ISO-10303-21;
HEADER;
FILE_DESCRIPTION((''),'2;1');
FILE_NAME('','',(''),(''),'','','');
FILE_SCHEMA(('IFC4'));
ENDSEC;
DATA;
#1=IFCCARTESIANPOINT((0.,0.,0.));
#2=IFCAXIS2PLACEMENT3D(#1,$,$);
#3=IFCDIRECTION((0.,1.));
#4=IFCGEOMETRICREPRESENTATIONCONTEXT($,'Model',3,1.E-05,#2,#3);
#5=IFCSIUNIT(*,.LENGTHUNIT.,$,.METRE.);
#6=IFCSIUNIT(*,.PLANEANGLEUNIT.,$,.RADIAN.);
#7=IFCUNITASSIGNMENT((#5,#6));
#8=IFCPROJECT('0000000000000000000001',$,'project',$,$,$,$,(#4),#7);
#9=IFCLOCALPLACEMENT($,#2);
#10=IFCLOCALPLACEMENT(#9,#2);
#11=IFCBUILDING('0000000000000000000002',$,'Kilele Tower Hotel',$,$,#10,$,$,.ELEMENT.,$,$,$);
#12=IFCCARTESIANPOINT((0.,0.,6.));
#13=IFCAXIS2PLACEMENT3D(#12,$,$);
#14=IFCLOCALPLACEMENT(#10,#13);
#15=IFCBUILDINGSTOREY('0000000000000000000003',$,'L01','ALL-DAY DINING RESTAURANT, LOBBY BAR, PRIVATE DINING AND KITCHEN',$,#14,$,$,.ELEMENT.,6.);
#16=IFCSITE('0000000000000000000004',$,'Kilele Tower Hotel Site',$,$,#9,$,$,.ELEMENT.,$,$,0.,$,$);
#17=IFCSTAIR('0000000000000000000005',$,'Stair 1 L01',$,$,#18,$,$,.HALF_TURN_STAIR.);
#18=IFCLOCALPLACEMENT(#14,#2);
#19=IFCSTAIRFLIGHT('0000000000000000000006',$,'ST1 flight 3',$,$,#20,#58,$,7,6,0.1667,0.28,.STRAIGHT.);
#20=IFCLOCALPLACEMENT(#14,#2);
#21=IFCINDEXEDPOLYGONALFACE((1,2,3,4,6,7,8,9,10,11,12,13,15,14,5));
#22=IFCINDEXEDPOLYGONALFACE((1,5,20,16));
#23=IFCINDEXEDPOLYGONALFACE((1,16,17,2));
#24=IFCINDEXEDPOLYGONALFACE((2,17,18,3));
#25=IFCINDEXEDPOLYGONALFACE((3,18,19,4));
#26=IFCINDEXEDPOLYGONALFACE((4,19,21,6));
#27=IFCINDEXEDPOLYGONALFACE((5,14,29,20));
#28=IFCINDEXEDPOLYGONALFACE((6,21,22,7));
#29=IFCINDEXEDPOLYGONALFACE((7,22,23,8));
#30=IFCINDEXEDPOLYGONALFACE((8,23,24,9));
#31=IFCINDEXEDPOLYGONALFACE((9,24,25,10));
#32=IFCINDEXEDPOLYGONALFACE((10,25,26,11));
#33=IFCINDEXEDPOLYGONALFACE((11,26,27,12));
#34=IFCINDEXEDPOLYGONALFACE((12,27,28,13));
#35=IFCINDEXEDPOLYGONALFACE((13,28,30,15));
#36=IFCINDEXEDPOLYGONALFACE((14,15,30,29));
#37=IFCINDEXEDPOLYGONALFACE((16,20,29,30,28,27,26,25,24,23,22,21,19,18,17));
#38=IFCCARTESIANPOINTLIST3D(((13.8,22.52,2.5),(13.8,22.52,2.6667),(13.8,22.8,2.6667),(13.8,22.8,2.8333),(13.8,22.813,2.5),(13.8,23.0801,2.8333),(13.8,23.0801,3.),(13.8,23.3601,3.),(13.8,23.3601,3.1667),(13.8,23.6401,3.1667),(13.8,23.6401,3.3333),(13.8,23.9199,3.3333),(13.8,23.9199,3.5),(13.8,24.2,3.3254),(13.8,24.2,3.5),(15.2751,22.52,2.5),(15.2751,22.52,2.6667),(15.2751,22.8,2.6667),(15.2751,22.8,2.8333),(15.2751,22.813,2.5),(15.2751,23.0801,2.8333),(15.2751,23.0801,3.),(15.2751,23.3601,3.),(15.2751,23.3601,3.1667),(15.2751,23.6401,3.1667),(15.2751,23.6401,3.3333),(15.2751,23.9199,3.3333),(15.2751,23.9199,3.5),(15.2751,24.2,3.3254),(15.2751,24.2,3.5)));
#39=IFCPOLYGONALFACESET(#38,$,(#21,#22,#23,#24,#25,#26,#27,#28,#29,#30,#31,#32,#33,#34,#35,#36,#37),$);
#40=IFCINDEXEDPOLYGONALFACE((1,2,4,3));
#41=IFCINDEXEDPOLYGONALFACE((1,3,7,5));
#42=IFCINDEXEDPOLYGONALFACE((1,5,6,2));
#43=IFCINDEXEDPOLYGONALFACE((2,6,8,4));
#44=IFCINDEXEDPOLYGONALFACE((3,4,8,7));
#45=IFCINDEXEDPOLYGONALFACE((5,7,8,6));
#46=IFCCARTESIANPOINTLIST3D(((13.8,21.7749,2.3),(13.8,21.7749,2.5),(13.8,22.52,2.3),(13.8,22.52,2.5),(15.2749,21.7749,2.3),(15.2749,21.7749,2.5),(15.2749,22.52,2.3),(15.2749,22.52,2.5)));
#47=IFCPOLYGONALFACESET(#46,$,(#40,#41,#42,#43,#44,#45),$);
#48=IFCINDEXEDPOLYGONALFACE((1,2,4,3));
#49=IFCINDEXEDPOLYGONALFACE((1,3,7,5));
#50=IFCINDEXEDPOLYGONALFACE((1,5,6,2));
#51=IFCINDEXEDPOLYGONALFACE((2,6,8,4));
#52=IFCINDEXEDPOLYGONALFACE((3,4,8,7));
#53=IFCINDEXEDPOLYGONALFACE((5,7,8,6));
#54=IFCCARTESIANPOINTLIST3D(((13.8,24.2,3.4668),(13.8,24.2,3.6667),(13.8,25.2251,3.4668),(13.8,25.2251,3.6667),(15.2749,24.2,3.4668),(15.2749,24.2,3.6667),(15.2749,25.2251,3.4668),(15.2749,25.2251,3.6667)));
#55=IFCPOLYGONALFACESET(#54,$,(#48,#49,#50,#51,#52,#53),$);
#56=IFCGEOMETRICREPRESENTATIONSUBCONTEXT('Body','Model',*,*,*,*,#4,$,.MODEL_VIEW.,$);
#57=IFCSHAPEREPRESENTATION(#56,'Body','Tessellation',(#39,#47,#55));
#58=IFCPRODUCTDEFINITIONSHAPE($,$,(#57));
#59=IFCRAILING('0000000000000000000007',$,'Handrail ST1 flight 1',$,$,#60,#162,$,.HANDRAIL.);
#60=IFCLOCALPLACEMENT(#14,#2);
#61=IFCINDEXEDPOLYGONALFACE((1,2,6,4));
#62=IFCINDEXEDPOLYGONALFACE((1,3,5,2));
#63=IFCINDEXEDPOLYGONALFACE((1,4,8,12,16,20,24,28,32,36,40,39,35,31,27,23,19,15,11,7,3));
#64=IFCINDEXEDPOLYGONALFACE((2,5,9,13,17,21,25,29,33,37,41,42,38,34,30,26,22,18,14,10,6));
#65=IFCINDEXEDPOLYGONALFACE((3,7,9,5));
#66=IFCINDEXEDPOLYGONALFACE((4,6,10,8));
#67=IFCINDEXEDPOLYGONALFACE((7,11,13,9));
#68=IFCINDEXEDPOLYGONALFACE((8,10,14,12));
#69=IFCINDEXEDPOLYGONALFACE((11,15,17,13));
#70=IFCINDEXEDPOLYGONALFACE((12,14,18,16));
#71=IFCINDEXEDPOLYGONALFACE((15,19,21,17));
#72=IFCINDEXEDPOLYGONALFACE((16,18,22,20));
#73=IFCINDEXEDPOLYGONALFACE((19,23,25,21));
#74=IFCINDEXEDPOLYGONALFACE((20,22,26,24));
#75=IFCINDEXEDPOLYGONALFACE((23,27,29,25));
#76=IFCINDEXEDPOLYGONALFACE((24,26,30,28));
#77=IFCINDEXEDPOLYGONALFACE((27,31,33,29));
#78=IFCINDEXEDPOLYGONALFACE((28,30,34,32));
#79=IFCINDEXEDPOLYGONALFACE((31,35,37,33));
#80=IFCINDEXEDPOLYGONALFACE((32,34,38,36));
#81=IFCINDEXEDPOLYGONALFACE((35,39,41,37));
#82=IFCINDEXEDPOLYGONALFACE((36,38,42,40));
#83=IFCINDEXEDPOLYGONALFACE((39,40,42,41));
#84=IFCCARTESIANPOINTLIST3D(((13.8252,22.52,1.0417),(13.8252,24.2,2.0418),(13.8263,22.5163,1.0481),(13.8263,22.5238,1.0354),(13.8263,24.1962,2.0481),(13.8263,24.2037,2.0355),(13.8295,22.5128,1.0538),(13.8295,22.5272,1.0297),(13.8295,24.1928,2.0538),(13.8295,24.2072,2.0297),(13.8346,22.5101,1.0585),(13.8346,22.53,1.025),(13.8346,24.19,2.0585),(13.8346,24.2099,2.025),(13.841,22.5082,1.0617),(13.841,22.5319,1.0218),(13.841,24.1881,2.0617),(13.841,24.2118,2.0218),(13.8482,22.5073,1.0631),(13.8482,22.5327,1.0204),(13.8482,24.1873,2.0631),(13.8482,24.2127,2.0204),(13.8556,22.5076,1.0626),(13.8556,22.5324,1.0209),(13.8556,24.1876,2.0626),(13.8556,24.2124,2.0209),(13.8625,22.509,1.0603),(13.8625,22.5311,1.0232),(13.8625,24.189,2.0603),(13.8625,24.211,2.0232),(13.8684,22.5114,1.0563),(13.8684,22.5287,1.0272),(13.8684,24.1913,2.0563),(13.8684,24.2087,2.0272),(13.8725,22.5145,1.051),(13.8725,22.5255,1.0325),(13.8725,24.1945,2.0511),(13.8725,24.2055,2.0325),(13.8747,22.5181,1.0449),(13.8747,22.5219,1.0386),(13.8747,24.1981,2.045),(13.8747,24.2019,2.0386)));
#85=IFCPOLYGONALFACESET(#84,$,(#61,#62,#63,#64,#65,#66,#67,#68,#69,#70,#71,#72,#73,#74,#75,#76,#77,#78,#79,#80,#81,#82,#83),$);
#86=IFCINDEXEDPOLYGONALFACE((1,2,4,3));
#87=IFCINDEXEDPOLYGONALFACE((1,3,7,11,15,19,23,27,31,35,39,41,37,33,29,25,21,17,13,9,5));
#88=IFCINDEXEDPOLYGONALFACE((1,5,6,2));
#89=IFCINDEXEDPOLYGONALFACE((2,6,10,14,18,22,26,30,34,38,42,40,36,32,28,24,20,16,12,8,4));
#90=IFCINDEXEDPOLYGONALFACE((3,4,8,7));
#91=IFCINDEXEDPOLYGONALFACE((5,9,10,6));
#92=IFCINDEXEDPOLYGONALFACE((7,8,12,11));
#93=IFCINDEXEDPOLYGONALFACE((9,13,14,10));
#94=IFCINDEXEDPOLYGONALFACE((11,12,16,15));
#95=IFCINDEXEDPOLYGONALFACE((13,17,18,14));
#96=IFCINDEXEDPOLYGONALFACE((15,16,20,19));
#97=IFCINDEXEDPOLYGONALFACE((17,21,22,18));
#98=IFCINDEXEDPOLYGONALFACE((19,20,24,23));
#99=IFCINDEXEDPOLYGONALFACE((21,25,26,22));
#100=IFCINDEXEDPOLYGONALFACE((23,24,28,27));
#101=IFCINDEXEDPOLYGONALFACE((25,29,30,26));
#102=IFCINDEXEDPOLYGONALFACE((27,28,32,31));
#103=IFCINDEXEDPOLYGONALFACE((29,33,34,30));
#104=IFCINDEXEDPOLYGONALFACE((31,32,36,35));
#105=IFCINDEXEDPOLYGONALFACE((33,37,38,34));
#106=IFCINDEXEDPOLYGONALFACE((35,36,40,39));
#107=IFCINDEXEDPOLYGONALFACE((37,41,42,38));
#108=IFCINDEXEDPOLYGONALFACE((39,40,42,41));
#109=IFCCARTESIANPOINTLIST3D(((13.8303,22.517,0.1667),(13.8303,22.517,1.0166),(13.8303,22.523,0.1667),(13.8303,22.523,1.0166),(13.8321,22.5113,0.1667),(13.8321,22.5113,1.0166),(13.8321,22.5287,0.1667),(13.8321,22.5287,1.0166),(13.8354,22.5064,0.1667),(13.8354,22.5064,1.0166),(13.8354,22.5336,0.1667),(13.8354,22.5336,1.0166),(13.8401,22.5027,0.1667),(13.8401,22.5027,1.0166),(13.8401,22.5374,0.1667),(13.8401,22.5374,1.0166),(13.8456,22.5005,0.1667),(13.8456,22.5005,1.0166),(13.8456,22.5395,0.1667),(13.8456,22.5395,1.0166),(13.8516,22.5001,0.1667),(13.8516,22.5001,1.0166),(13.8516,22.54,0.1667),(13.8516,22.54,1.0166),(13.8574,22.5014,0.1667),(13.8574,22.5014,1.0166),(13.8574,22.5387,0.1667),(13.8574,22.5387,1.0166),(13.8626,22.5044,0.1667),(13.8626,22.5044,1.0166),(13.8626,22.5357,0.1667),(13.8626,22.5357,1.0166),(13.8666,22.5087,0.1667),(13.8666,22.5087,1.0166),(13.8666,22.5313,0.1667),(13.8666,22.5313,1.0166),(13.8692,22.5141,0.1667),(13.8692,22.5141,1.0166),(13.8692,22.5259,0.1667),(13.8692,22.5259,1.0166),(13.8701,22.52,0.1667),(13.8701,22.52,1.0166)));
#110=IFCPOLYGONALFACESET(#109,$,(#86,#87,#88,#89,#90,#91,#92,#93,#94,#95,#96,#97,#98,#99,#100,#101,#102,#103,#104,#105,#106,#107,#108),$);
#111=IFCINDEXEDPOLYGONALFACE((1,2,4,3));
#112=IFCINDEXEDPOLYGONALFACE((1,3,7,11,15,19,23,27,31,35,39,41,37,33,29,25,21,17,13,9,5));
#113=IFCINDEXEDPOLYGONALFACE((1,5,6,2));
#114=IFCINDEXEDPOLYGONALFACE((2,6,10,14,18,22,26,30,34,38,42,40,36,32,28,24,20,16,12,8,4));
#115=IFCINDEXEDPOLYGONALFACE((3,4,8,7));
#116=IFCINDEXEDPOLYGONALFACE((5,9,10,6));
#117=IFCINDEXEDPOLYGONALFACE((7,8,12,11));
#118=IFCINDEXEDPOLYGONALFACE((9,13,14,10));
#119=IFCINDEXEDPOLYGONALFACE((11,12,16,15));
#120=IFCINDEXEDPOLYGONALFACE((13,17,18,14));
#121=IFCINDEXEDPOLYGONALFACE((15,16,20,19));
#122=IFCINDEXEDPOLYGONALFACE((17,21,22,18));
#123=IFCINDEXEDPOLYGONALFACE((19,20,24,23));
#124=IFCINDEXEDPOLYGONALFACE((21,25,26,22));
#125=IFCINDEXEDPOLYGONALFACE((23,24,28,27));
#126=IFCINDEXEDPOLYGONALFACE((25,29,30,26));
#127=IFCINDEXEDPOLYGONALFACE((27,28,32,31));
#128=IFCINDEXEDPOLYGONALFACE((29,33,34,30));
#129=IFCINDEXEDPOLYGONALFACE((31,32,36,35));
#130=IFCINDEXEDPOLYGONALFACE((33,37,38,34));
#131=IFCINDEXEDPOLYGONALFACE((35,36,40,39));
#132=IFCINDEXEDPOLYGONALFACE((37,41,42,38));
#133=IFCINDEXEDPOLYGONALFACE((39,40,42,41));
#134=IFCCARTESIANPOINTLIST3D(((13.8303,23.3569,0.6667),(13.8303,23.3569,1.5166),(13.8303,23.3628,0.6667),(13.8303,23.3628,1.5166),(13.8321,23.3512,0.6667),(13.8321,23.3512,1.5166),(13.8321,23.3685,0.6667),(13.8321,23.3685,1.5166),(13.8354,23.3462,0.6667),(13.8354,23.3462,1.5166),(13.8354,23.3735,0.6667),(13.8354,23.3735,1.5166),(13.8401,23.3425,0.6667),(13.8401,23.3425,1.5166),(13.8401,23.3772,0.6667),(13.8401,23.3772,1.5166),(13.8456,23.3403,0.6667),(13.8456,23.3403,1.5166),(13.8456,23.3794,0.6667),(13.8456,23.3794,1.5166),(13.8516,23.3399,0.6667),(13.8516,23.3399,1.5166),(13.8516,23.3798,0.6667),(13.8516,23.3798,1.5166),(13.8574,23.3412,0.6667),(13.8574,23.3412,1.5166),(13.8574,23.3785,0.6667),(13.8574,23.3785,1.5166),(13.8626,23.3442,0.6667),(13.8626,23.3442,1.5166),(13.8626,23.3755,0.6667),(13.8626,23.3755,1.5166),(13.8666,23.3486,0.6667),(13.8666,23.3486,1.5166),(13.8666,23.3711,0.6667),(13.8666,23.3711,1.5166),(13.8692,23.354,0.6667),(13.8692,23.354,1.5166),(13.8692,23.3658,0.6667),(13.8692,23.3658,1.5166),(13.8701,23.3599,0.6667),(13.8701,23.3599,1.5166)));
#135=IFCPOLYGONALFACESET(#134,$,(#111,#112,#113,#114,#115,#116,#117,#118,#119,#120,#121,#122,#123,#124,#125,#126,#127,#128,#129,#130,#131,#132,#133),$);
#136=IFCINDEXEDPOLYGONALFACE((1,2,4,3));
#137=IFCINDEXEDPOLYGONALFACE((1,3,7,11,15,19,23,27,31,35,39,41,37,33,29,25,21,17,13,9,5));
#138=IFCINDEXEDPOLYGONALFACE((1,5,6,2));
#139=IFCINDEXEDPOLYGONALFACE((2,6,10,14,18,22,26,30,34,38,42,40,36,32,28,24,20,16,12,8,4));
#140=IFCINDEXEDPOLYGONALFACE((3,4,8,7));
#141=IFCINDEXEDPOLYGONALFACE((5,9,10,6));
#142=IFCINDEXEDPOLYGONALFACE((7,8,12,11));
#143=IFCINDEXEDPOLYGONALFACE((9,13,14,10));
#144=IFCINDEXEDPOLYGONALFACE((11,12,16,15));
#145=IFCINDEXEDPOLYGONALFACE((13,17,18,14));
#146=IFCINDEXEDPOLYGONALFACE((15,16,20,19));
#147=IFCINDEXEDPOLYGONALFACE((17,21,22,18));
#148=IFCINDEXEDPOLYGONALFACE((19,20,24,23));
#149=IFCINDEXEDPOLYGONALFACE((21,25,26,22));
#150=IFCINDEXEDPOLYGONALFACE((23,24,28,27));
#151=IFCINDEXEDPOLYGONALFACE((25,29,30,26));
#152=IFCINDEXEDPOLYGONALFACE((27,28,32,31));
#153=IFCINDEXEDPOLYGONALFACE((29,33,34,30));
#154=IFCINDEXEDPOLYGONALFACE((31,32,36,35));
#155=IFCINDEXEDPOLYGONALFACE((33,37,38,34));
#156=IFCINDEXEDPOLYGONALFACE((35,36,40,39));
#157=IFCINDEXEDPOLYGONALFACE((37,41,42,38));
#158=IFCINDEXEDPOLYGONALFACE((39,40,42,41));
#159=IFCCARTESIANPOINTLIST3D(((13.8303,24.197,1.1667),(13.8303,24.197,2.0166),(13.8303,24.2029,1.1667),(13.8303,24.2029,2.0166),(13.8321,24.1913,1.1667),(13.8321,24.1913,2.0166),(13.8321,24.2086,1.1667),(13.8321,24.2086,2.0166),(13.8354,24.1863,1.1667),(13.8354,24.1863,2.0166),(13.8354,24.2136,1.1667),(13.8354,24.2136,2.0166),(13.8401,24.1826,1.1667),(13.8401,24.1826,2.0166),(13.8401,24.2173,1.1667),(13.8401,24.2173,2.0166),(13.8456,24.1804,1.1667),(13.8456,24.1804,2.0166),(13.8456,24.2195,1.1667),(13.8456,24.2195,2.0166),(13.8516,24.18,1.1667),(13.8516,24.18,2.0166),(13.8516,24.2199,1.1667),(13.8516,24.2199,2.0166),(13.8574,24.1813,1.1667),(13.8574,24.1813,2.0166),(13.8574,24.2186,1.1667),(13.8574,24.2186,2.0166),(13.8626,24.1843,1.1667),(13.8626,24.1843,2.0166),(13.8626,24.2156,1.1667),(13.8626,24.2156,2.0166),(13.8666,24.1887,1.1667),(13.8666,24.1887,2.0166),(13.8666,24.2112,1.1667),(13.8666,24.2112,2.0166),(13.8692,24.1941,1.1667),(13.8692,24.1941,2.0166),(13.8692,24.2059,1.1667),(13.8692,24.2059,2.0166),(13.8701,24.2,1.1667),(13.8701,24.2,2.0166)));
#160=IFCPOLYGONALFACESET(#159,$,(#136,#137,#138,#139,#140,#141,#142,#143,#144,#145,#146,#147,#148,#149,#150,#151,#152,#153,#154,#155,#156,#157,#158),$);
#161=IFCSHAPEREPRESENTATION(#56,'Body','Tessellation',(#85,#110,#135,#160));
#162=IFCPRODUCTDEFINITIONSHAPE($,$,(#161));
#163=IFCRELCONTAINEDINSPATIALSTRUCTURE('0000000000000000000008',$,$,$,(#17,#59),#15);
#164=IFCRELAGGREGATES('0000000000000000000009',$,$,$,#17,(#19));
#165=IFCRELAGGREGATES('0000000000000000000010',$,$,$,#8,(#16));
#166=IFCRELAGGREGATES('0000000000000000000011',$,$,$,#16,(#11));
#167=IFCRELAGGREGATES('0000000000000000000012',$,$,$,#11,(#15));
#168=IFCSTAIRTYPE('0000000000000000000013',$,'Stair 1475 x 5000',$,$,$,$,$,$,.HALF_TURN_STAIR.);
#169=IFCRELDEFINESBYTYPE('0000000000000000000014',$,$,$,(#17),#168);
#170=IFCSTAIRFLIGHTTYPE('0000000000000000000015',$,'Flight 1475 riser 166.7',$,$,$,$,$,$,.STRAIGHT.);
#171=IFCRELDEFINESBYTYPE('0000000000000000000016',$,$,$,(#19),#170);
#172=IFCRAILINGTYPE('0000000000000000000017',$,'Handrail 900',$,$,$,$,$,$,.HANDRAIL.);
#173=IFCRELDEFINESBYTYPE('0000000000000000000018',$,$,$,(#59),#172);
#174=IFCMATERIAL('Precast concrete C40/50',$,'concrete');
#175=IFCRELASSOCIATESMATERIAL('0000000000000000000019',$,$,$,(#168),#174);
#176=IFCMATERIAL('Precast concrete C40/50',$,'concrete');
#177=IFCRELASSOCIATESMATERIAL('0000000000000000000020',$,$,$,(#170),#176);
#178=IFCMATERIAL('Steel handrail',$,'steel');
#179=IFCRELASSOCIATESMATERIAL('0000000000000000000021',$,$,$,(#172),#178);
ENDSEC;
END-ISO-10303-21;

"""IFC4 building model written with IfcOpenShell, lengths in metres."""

from ifc_helpers import new_model, si_unit, direction, frame, origin, origin_2d, place, context, subcontext, project, spatial, polyline, circle, outline, extrude, material, type_object, element, aggregate, save


model = new_model("IFC4")

# Units and contexts
model_context = context("Model", 3, precision=1e-05, world=origin(), true_north=direction((0.0, 1.0)))
body_context = subcontext(model_context, "Body", "Model", "MODEL_VIEW")
ifc_project = project(units=[si_unit("LENGTHUNIT", "METRE"), si_unit("PLANEANGLEUNIT", "RADIAN")], contexts=[model_context])

# Site, building, storey
site_placement = place(None, origin())
site = spatial("IfcSite", under=ifc_project, at=site_placement, Name="Kilele Tower Hotel Site", CompositionType="ELEMENT", RefElevation=0.0)
building_placement = place(site_placement, origin())
building = spatial("IfcBuilding", under=site, at=building_placement, Name="Kilele Tower Hotel", CompositionType="ELEMENT")
storey_placement = place(building_placement, frame((0.0, 0.0, 6.0)))
storey = spatial("IfcBuildingStorey", under=building, at=storey_placement, Name="L01", Description="ALL-DAY DINING RESTAURANT, LOBBY BAR, PRIVATE DINING AND KITCHEN", CompositionType="ELEMENT", Elevation=6.0)

# Stair, stair flight
ifc_material_1 = material(Name="Precast concrete C40/50", Category="concrete")
stair_type = type_object("IfcStairType", Name="Stair 1475 x 5000", PredefinedType="HALF_TURN_STAIR", material=ifc_material_1)
stair_placement = place(storey_placement, origin())
stair = element("IfcStair", 1, at=stair_placement, inside=storey, type_object=stair_type, Name="Stair 1 L01", PredefinedType="HALF_TURN_STAIR")
ifc_material_2 = material(Name="Precast concrete C40/50", Category="concrete")
stair_flight_type = type_object("IfcStairFlightType", Name="Flight 1475 riser 166.7", PredefinedType="STRAIGHT", material=ifc_material_2)
stair_flight_1_placement = place(storey_placement, frame((14.5376, 22.52, 2.5), z_axis=(0.0, 0.0, 1.0), x_axis=(0.0, 1.0, 0.0)))
stair_flight_1 = element("IfcStairFlight", 2, at=stair_flight_1_placement, type_object=stair_flight_type, Name="ST1 flight 3", NumberOfRisers=7, NumberOfTreads=6, PredefinedType="STRAIGHT", RiserHeight=0.1667, TreadLength=0.28, context=body_context, shape_type="SweptSolid", body=[
    extrude(outline(polyline([(0.0, 0.0), (0.0, 0.1667), (0.28, 0.1667), (0.28, 0.3333), (0.5601, 0.3333), (0.5601, 0.5), (0.8401, 0.5), (0.8401, 0.6667), (1.1201, 0.6667), (1.1201, 0.8333), (1.3999, 0.8333), (1.3999, 1.0), (1.6799, 1.0), (1.6799, 1.1667), (1.6799, 0.8254), (0.293, 0.0), (0.0, 0.0)])), frame((0.0, 0.7375, 0.0), z_axis=(0.0, -1.0, 0.0), x_axis=(1.0, 0.0, 0.0)), (0.0, 0.0, 1.0), 1.4751),
    extrude(outline(polyline([(-0.7451, 0.7375), (-0.7451, -0.7373), (0.0, -0.7373), (0.0, 0.7375), (-0.7451, 0.7375)])), frame((0.0, 0.0, -0.2)), (0.0, 0.0, 1.0), 0.2),
    extrude(outline(polyline([(1.6799, 0.7375), (1.6799, -0.7373), (2.7051, -0.7373), (2.7051, 0.7375), (1.6799, 0.7375)])), frame((0.0, 0.0, 0.9668)), (0.0, 0.0, 1.0), 0.2),
])
aggregate(stair, [stair_flight_1])

# Railing
ifc_material_3 = material(Name="Steel handrail", Category="steel")
railing_type_1 = type_object("IfcRailingType", Name="Handrail 900", PredefinedType="HANDRAIL", material=ifc_material_3)
for number, where, name in (
    (3, (13.8501, 22.52, 0.1667), "Handrail ST1 flight 1"),
):
    element("IfcRailing", number, at=place(storey_placement, frame(where)), inside=storey, type_object=railing_type_1, Name=name, PredefinedType="HANDRAIL", context=body_context, shape_type="SweptSolid", body=[
        extrude(circle(Radius=0.0249, at=origin_2d()), frame((0.0, 0.0, 0.875), z_axis=(0.0, 0.859284, 0.511499), x_axis=(-1.0, 0.0, 0.0)), (0.0, 0.0, 1.0), 1.9551),
        extrude(circle(Radius=0.02, at=origin_2d()), origin(), (0.0, 0.0, 1.0), 0.8499),
        extrude(circle(Radius=0.02, at=origin_2d()), frame((0.0, 0.8398, 0.5)), (0.0, 0.0, 1.0), 0.8499),
        extrude(circle(Radius=0.02, at=origin_2d()), frame((0.0, 1.6799, 1.0)), (0.0, 0.0, 1.0), 0.8499),
    ])

save(model, "model.ifc")
